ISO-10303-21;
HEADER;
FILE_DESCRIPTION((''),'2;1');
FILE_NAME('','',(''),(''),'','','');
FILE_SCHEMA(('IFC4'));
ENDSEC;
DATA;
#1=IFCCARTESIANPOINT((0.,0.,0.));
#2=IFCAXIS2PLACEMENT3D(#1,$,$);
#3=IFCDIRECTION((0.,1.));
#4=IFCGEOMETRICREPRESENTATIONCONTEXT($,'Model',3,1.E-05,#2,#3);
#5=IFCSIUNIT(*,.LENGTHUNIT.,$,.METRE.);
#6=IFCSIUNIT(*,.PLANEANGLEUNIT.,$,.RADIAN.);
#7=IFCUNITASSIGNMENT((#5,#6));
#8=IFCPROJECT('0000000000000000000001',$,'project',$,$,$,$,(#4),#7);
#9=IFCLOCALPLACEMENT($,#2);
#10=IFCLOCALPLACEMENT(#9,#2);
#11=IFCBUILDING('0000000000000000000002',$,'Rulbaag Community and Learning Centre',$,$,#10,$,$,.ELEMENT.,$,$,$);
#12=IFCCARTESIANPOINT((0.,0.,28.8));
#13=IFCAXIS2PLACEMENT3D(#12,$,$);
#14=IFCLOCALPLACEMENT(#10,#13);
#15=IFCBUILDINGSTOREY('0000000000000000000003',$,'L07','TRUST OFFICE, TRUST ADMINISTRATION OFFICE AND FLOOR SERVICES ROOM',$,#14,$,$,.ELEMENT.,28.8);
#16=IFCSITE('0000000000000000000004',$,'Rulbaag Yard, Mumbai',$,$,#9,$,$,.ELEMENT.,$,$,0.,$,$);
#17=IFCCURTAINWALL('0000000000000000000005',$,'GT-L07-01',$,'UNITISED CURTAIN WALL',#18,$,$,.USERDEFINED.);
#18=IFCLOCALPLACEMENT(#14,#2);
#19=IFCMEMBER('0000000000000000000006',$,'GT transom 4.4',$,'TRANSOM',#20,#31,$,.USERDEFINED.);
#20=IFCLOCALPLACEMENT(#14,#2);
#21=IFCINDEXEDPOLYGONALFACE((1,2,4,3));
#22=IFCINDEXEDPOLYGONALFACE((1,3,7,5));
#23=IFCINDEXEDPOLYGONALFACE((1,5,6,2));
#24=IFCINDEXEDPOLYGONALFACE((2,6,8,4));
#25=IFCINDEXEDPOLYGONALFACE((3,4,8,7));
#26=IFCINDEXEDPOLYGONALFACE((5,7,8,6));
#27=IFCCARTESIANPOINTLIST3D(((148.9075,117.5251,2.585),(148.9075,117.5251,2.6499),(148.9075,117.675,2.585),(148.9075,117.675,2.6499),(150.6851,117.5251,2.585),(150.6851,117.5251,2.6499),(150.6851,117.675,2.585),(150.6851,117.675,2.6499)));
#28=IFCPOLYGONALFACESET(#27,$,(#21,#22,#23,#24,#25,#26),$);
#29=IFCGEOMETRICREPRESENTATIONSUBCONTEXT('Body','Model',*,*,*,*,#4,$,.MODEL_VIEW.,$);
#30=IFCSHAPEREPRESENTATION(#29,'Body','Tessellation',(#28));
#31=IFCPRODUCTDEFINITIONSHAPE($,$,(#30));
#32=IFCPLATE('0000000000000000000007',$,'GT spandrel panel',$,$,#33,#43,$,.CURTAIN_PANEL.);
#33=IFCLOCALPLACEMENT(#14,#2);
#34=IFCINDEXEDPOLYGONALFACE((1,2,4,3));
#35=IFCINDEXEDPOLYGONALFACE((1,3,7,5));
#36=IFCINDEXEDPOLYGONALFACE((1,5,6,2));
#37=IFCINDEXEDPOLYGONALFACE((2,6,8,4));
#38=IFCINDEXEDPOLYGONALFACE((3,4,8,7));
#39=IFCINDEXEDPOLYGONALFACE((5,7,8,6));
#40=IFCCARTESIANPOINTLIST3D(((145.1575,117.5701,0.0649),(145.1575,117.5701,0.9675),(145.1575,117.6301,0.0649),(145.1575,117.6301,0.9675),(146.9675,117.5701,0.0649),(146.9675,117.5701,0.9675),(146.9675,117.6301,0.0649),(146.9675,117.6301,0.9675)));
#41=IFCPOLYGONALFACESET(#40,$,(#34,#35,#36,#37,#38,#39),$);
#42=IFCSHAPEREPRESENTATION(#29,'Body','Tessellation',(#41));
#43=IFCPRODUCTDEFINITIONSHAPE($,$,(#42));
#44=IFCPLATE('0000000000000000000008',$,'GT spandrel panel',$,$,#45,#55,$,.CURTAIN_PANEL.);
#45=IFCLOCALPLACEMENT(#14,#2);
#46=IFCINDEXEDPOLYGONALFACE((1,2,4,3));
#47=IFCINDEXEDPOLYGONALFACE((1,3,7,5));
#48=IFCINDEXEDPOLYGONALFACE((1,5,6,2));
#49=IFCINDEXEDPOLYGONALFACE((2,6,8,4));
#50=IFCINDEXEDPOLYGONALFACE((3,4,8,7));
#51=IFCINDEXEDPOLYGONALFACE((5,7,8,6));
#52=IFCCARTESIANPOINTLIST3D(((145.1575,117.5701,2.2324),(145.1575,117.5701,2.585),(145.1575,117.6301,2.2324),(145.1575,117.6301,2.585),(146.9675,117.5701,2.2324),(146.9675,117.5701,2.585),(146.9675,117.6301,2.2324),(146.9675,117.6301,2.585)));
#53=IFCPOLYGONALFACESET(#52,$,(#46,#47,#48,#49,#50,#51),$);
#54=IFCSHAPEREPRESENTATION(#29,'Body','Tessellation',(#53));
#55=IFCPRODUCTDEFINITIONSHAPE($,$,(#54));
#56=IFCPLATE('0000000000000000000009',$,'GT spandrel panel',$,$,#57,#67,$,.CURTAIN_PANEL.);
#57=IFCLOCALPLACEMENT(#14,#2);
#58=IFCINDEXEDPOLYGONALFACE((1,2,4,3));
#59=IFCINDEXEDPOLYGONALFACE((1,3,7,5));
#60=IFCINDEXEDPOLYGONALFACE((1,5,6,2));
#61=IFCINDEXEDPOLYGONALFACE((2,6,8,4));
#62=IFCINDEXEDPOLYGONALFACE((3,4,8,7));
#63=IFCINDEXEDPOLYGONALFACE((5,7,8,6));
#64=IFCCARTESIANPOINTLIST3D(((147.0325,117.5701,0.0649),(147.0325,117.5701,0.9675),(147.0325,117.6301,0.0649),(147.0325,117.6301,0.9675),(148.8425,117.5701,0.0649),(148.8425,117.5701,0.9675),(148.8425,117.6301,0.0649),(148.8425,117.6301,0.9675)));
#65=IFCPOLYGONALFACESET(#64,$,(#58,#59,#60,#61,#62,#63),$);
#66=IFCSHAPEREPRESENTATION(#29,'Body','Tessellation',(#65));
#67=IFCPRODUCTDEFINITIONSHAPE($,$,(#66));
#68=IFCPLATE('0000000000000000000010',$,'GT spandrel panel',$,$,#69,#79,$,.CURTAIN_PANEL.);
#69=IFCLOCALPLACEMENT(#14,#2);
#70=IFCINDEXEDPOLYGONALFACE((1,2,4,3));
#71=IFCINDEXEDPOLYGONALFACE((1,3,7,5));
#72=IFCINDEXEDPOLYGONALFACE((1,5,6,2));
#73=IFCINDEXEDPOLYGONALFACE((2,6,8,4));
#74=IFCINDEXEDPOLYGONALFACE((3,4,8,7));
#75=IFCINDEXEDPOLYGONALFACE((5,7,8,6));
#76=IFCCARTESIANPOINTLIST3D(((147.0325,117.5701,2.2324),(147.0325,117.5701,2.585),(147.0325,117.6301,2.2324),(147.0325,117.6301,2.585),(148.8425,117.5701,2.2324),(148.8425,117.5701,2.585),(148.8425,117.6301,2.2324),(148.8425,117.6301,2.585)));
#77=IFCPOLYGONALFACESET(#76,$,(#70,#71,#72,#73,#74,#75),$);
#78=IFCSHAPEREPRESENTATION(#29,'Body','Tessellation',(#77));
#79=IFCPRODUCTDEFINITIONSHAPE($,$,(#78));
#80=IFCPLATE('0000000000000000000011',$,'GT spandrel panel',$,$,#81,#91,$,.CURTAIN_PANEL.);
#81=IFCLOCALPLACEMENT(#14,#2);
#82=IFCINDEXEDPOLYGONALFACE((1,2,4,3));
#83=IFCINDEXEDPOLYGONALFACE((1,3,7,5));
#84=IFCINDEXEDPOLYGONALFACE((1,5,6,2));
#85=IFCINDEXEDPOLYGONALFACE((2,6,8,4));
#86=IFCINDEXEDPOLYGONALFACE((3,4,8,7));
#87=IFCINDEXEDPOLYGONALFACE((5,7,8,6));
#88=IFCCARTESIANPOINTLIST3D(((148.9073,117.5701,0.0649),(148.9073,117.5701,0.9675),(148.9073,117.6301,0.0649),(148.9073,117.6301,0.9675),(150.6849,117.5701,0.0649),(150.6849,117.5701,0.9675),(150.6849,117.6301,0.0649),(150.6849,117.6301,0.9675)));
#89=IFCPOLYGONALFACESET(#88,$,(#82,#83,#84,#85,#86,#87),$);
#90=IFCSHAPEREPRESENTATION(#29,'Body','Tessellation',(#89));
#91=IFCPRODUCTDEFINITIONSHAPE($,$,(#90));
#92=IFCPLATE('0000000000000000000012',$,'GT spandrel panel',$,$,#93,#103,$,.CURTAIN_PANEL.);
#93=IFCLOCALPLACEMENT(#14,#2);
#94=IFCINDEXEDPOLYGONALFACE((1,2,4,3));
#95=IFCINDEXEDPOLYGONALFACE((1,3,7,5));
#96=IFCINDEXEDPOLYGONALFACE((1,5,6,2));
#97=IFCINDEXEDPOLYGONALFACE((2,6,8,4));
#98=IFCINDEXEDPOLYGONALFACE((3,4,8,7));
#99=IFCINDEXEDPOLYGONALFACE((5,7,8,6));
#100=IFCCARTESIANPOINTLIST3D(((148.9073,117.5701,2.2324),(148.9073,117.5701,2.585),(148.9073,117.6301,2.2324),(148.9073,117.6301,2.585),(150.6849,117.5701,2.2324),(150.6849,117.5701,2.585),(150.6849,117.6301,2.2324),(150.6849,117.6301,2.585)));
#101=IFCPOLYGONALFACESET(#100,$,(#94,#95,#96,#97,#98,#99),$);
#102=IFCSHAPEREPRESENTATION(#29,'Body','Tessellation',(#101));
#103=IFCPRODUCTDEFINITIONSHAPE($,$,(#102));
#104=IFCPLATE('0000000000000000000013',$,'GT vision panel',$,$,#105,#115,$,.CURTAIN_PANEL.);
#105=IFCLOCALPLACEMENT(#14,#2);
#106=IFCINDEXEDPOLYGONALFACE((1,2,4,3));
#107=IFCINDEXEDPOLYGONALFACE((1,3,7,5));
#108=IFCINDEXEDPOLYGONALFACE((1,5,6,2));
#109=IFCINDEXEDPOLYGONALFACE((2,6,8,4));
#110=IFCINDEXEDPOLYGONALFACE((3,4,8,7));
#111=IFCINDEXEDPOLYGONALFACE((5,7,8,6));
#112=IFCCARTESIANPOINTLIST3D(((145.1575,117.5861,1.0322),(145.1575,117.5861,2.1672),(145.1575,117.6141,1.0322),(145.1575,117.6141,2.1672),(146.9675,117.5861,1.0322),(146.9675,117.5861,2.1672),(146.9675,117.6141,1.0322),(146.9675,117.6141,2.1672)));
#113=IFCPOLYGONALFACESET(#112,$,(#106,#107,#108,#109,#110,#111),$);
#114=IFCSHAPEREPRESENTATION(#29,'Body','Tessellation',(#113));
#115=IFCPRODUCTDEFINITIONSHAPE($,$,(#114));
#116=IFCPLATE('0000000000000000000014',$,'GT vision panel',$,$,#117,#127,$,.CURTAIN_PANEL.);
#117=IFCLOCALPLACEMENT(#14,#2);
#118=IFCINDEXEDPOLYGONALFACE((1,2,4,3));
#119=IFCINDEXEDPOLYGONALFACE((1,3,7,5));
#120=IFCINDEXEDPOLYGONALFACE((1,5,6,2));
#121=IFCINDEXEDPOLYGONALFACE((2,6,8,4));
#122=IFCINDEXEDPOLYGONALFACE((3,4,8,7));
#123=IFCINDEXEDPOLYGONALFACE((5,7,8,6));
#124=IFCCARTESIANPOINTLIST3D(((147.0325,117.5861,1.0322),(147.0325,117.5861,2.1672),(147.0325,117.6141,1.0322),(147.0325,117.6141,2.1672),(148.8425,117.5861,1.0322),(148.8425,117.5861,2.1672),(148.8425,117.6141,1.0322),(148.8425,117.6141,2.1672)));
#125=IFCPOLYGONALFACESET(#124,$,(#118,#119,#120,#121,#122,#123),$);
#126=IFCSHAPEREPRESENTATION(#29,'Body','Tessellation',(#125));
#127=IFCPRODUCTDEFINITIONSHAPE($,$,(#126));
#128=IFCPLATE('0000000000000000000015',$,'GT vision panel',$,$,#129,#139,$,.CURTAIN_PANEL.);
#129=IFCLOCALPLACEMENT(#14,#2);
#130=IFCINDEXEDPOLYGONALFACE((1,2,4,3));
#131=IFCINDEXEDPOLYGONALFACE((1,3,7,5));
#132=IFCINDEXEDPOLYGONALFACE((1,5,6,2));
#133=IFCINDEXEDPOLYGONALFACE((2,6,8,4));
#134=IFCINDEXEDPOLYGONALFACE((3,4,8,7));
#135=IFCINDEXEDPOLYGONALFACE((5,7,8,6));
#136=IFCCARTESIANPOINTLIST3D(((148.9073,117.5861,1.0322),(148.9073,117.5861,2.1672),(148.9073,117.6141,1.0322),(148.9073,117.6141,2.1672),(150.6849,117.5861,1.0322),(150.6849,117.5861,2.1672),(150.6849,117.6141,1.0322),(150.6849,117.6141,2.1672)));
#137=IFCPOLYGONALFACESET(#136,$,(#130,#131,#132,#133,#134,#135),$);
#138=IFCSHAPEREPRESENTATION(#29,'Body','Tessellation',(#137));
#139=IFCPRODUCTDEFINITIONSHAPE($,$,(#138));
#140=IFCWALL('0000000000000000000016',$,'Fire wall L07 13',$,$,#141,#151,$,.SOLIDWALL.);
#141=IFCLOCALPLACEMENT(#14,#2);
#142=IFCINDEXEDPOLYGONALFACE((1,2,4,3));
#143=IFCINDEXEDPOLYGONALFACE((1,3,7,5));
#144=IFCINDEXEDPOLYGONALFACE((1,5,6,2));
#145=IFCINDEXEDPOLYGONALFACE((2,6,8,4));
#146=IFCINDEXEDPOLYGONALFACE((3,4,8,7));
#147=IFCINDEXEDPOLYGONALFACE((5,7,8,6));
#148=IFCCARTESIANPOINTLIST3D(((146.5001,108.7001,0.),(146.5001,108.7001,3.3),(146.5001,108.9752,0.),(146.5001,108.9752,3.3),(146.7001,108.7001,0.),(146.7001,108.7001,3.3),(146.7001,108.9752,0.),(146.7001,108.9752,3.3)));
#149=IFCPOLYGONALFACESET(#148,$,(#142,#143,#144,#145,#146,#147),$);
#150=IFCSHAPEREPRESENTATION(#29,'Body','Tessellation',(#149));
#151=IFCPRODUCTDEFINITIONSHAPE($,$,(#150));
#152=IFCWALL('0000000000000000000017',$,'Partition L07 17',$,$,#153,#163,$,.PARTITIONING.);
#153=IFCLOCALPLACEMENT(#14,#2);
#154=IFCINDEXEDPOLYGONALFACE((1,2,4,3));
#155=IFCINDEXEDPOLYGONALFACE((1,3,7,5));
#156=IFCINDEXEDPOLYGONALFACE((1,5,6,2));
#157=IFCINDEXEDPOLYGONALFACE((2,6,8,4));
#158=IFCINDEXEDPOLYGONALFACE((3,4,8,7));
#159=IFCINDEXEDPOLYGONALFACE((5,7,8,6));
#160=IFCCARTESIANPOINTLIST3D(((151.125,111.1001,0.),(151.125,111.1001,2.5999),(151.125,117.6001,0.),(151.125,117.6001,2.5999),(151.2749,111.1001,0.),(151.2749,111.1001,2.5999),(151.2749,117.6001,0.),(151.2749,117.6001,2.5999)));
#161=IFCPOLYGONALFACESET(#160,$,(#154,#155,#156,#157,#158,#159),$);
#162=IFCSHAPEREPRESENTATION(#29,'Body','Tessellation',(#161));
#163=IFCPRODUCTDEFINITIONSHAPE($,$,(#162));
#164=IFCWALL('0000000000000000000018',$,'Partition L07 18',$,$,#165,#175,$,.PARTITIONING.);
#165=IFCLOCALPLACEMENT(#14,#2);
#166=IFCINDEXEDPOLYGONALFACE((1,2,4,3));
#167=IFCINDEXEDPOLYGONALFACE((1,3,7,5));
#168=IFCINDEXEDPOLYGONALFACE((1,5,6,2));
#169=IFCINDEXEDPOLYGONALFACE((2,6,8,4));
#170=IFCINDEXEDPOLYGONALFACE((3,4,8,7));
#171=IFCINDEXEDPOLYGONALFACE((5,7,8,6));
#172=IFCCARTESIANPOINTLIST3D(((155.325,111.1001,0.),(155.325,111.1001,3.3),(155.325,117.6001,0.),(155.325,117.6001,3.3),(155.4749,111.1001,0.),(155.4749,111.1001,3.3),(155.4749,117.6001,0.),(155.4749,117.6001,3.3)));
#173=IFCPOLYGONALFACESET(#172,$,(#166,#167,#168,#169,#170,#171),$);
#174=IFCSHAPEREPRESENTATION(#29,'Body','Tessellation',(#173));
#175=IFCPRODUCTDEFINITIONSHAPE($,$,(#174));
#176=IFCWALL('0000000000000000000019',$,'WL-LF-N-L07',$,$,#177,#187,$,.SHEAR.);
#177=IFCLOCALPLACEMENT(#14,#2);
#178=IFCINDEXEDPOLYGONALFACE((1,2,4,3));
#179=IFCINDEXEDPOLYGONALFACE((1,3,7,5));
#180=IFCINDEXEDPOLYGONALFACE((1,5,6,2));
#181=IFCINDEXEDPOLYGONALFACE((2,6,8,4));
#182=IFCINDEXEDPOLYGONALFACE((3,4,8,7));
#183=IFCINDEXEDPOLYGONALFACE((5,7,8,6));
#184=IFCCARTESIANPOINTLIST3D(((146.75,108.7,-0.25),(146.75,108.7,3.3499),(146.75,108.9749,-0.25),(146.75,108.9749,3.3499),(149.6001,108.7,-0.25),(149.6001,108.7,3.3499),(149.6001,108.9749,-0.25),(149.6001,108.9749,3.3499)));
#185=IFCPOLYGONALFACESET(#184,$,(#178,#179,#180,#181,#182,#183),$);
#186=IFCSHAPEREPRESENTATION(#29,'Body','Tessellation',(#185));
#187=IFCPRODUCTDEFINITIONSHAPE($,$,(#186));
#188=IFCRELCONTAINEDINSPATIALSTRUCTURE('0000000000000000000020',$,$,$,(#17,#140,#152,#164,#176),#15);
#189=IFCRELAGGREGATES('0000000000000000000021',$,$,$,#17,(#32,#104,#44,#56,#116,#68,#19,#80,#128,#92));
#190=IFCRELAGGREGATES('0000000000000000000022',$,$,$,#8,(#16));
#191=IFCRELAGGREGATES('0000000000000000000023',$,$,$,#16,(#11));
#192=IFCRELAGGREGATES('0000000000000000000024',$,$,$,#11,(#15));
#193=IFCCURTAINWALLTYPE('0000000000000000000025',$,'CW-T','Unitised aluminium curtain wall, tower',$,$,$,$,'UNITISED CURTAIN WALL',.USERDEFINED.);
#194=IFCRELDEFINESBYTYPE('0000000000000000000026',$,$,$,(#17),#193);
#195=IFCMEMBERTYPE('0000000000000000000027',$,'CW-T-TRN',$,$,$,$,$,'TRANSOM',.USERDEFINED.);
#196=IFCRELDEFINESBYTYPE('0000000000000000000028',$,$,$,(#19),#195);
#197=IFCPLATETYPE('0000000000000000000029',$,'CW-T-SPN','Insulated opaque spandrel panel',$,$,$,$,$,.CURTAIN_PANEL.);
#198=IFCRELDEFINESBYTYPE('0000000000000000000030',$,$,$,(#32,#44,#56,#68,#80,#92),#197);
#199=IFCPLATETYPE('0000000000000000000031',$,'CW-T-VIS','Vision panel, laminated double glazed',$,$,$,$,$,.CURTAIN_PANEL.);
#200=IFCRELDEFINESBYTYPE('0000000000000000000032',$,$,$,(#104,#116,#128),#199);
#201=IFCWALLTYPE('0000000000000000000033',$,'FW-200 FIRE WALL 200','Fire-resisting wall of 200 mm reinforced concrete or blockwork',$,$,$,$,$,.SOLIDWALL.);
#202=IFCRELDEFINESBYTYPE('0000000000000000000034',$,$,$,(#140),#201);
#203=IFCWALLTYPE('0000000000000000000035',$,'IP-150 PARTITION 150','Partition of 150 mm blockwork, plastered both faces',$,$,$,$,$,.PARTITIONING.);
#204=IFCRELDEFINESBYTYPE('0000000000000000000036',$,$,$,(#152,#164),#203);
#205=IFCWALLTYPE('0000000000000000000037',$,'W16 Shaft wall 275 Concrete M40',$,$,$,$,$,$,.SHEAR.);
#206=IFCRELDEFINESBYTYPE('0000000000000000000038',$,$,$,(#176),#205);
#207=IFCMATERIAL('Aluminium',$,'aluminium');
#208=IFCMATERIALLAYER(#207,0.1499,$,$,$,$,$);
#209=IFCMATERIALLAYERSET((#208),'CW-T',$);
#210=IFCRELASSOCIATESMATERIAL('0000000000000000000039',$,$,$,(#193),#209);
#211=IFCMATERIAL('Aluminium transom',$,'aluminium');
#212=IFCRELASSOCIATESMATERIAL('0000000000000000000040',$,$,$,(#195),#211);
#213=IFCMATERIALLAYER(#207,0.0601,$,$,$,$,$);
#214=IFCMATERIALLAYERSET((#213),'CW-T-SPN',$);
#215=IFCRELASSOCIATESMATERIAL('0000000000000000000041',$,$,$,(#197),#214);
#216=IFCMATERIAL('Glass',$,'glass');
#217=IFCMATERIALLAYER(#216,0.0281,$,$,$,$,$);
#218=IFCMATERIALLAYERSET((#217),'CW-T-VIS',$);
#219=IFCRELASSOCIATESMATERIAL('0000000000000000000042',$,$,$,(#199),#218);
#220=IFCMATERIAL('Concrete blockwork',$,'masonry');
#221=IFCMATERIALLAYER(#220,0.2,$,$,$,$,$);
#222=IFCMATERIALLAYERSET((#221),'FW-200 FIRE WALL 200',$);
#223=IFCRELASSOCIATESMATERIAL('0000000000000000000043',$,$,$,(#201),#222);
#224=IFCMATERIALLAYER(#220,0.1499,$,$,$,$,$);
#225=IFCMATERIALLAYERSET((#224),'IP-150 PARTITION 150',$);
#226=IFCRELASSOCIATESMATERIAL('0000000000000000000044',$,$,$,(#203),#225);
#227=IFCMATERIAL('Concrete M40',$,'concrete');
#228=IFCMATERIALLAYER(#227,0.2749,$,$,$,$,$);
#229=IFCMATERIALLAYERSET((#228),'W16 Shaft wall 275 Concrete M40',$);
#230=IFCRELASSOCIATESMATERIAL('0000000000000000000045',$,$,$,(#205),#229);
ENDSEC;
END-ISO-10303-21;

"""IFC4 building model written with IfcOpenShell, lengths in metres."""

from ifc_helpers import new_model, si_unit, direction, frame, frame_2d, origin, origin_2d, place, context, subcontext, project, spatial, rectangle, extrude, material, layer, layer_set, material_profile, profile_set, type_object, element, aggregate, save


model = new_model("IFC4")

# Units and contexts
model_context = context("Model", 3, precision=1e-05, world=origin(), true_north=direction((0.0, 1.0)))
body_context = subcontext(model_context, "Body", "Model", "MODEL_VIEW")
ifc_project = project(units=[si_unit("LENGTHUNIT", "METRE"), si_unit("PLANEANGLEUNIT", "RADIAN")], contexts=[model_context])

# Site, building, storey
site_placement = place(None, origin())
site = spatial("IfcSite", under=ifc_project, at=site_placement, Name="Rulbaag Yard, Mumbai", CompositionType="ELEMENT", RefElevation=0.0)
building_placement = place(site_placement, origin())
building = spatial("IfcBuilding", under=site, at=building_placement, Name="Rulbaag Community and Learning Centre", CompositionType="ELEMENT")
storey_placement = place(building_placement, frame((0.0, 0.0, 28.8)))
storey = spatial("IfcBuildingStorey", under=building, at=storey_placement, Name="L07", Description="TRUST OFFICE, TRUST ADMINISTRATION OFFICE AND FLOOR SERVICES ROOM", CompositionType="ELEMENT", Elevation=28.8)

# Shared definitions
ifc_material_1 = material(Name="Concrete M40", Category="concrete")

# Curtain wall, member, plates
ifc_material_2 = material(Name="Aluminium", Category="aluminium")
ifc_layer_1 = layer(ifc_material_2, 0.1499)
ifc_layer_set_1 = layer_set([ifc_layer_1], Name="CW-T")
curtain_wall_type = type_object("IfcCurtainWallType", Name="CW-T", Description="Unitised aluminium curtain wall, tower", ElementType="UNITISED CURTAIN WALL", PredefinedType="USERDEFINED", material=ifc_layer_set_1)
curtain_wall_placement = place(storey_placement, origin())
curtain_wall = element("IfcCurtainWall", 1, at=curtain_wall_placement, inside=storey, type_object=curtain_wall_type, Name="GT-L07-01", ObjectType="UNITISED CURTAIN WALL", PredefinedType="USERDEFINED")
ifc_material_3 = material(Name="Aluminium transom", Category="aluminium")
ifc_material_profile_1 = material_profile(ifc_material_3, rectangle(XDim=0.1499, YDim=0.0649, at=origin_2d()), Name="AL 65x150 T")
ifc_profile_set_1 = profile_set([ifc_material_profile_1], Name="Aluminium transom")
member_type_1 = type_object("IfcMemberType", Name="CW-T-TRN", ElementType="TRANSOM", PredefinedType="USERDEFINED", material=ifc_profile_set_1)
member_1_placement = place(storey_placement, frame((148.9075, 117.6001, 2.6174), z_axis=(1.0, 0.0, 0.0), x_axis=(0.0, 1.0, 0.0)))
member_1 = element("IfcMember", 2, at=member_1_placement, type_object=member_type_1, Name="GT transom 4.4", ObjectType="TRANSOM", PredefinedType="USERDEFINED", context=body_context, shape_type="SweptSolid", body=[
    extrude(rectangle(XDim=0.1499, YDim=0.0649, at=origin_2d()), origin(), (0.0, 0.0, 1.0), 1.7776),
])
ifc_layer_2 = layer(ifc_material_2, 0.0601)
ifc_layer_set_2 = layer_set([ifc_layer_2], Name="CW-T-SPN")
plate_type_1 = type_object("IfcPlateType", Name="CW-T-SPN", Description="Insulated opaque spandrel panel", PredefinedType="CURTAIN_PANEL", material=ifc_layer_set_2)
plate_1_placement = place(storey_placement, frame((146.0625, 117.6001, 0.0649), z_axis=(0.0, 0.0, 1.0), x_axis=(1.0, 0.0, 0.0)))
plate_1 = element("IfcPlate", 3, at=plate_1_placement, type_object=plate_type_1, Name="GT spandrel panel", PredefinedType="CURTAIN_PANEL", context=body_context, shape_type="SweptSolid", body=[
    extrude(rectangle(XDim=1.8101, YDim=0.0601, at=origin_2d()), origin(), (0.0, 0.0, 1.0), 0.9026),
])
plate_2_placement = place(storey_placement, frame((146.0625, 117.6001, 2.2324), z_axis=(0.0, 0.0, 1.0), x_axis=(1.0, 0.0, 0.0)))
plate_2 = element("IfcPlate", 4, at=plate_2_placement, type_object=plate_type_1, Name="GT spandrel panel", PredefinedType="CURTAIN_PANEL", context=body_context, shape_type="SweptSolid", body=[
    extrude(rectangle(XDim=1.8101, YDim=0.0601, at=origin_2d()), origin(), (0.0, 0.0, 1.0), 0.3525),
])
plate_3_placement = place(storey_placement, frame((147.9375, 117.6001, 0.0649), z_axis=(0.0, 0.0, 1.0), x_axis=(1.0, 0.0, 0.0)))
plate_3 = element("IfcPlate", 5, at=plate_3_placement, type_object=plate_type_1, Name="GT spandrel panel", PredefinedType="CURTAIN_PANEL", context=body_context, shape_type="SweptSolid", body=[
    extrude(rectangle(XDim=1.8101, YDim=0.0601, at=origin_2d()), origin(), (0.0, 0.0, 1.0), 0.9026),
])
plate_4_placement = place(storey_placement, frame((147.9375, 117.6001, 2.2324), z_axis=(0.0, 0.0, 1.0), x_axis=(1.0, 0.0, 0.0)))
plate_4 = element("IfcPlate", 6, at=plate_4_placement, type_object=plate_type_1, Name="GT spandrel panel", PredefinedType="CURTAIN_PANEL", context=body_context, shape_type="SweptSolid", body=[
    extrude(rectangle(XDim=1.8101, YDim=0.0601, at=origin_2d()), origin(), (0.0, 0.0, 1.0), 0.3525),
])
plate_5_placement = place(storey_placement, frame((149.7961, 117.6001, 0.0649), z_axis=(0.0, 0.0, 1.0), x_axis=(1.0, 0.0, 0.0)))
plate_5 = element("IfcPlate", 7, at=plate_5_placement, type_object=plate_type_1, Name="GT spandrel panel", PredefinedType="CURTAIN_PANEL", context=body_context, shape_type="SweptSolid", body=[
    extrude(rectangle(XDim=1.7776, YDim=0.0601, at=origin_2d()), origin(), (0.0, 0.0, 1.0), 0.9026),
])
plate_6_placement = place(storey_placement, frame((149.7961, 117.6001, 2.2324), z_axis=(0.0, 0.0, 1.0), x_axis=(1.0, 0.0, 0.0)))
plate_6 = element("IfcPlate", 8, at=plate_6_placement, type_object=plate_type_1, Name="GT spandrel panel", PredefinedType="CURTAIN_PANEL", context=body_context, shape_type="SweptSolid", body=[
    extrude(rectangle(XDim=1.7776, YDim=0.0601, at=origin_2d()), origin(), (0.0, 0.0, 1.0), 0.3525),
])
ifc_material_4 = material(Name="Glass", Category="glass")
ifc_layer_3 = layer(ifc_material_4, 0.0281)
ifc_layer_set_3 = layer_set([ifc_layer_3], Name="CW-T-VIS")
plate_type_2 = type_object("IfcPlateType", Name="CW-T-VIS", Description="Vision panel, laminated double glazed", PredefinedType="CURTAIN_PANEL", material=ifc_layer_set_3)
plate_7_placement = place(storey_placement, frame((146.0625, 117.6001, 1.0322), z_axis=(0.0, 0.0, 1.0), x_axis=(1.0, 0.0, 0.0)))
plate_7 = element("IfcPlate", 9, at=plate_7_placement, type_object=plate_type_2, Name="GT vision panel", PredefinedType="CURTAIN_PANEL", context=body_context, shape_type="SweptSolid", body=[
    extrude(rectangle(XDim=1.8101, YDim=0.0281, at=origin_2d()), origin(), (0.0, 0.0, 1.0), 1.135),
])
plate_8_placement = place(storey_placement, frame((147.9375, 117.6001, 1.0322), z_axis=(0.0, 0.0, 1.0), x_axis=(1.0, 0.0, 0.0)))
plate_8 = element("IfcPlate", 10, at=plate_8_placement, type_object=plate_type_2, Name="GT vision panel", PredefinedType="CURTAIN_PANEL", context=body_context, shape_type="SweptSolid", body=[
    extrude(rectangle(XDim=1.8101, YDim=0.0281, at=origin_2d()), origin(), (0.0, 0.0, 1.0), 1.135),
])
plate_9_placement = place(storey_placement, frame((149.7961, 117.6001, 1.0322), z_axis=(0.0, 0.0, 1.0), x_axis=(1.0, 0.0, 0.0)))
plate_9 = element("IfcPlate", 11, at=plate_9_placement, type_object=plate_type_2, Name="GT vision panel", PredefinedType="CURTAIN_PANEL", context=body_context, shape_type="SweptSolid", body=[
    extrude(rectangle(XDim=1.7776, YDim=0.0281, at=origin_2d()), origin(), (0.0, 0.0, 1.0), 1.135),
])
aggregate(curtain_wall, [plate_1, plate_7, plate_2, plate_3, plate_8, plate_4, member_1, plate_5, plate_9, plate_6])

# Walls
ifc_material_5 = material(Name="Concrete blockwork", Category="masonry")
ifc_layer_4 = layer(ifc_material_5, 0.2)
ifc_layer_set_4 = layer_set([ifc_layer_4], Name="FW-200 FIRE WALL 200")
wall_type_1 = type_object("IfcWallType", Name="FW-200 FIRE WALL 200", Description="Fire-resisting wall of 200 mm reinforced concrete or blockwork", PredefinedType="SOLIDWALL", material=ifc_layer_set_4)
wall_1_placement = place(storey_placement, frame((146.6001, 108.7, 0.0), z_axis=(0.0, 0.0, 1.0), x_axis=(0.0, 1.0, 0.0)))
element("IfcWall", 12, at=wall_1_placement, inside=storey, type_object=wall_type_1, Name="Fire wall L07 13", PredefinedType="SOLIDWALL", context=body_context, shape_type="SweptSolid", body=[
    extrude(rectangle(XDim=0.2751, YDim=0.2, at=frame_2d((0.1377, 0.0))), origin(), (0.0, 0.0, 1.0), 3.3),
])
ifc_layer_5 = layer(ifc_material_5, 0.1499)
ifc_layer_set_5 = layer_set([ifc_layer_5], Name="IP-150 PARTITION 150")
wall_type_2 = type_object("IfcWallType", Name="IP-150 PARTITION 150", Description="Partition of 150 mm blockwork, plastered both faces", PredefinedType="PARTITIONING", material=ifc_layer_set_5)
wall_2_placement = place(storey_placement, frame((151.2, 111.1001, 0.0), z_axis=(0.0, 0.0, 1.0), x_axis=(0.0, 1.0, 0.0)))
element("IfcWall", 13, at=wall_2_placement, inside=storey, type_object=wall_type_2, Name="Partition L07 17", PredefinedType="PARTITIONING", context=body_context, shape_type="SweptSolid", body=[
    extrude(rectangle(XDim=6.5, YDim=0.1499, at=frame_2d((3.25, 0.0))), origin(), (0.0, 0.0, 1.0), 2.5999),
])
wall_3_placement = place(storey_placement, frame((155.3999, 111.1001, 0.0), z_axis=(0.0, 0.0, 1.0), x_axis=(0.0, 1.0, 0.0)))
element("IfcWall", 14, at=wall_3_placement, inside=storey, type_object=wall_type_2, Name="Partition L07 18", PredefinedType="PARTITIONING", context=body_context, shape_type="SweptSolid", body=[
    extrude(rectangle(XDim=6.5, YDim=0.1499, at=frame_2d((3.25, 0.0))), origin(), (0.0, 0.0, 1.0), 3.3),
])
ifc_layer_6 = layer(ifc_material_1, 0.2749)
ifc_layer_set_6 = layer_set([ifc_layer_6], Name="W16 Shaft wall 275 Concrete M40")
wall_type_3 = type_object("IfcWallType", Name="W16 Shaft wall 275 Concrete M40", PredefinedType="SHEAR", material=ifc_layer_set_6)
wall_4_placement = place(storey_placement, frame((146.75, 108.8374, -0.25), z_axis=(0.0, 0.0, 1.0), x_axis=(1.0, 0.0, 0.0)))
element("IfcWall", 15, at=wall_4_placement, inside=storey, type_object=wall_type_3, Name="WL-LF-N-L07", PredefinedType="SHEAR", context=body_context, shape_type="SweptSolid", body=[
    extrude(rectangle(XDim=2.8501, YDim=0.2749, at=frame_2d((1.425, 0.0))), origin(), (0.0, 0.0, 1.0), 3.5999),
])

save(model, "model.ifc")
